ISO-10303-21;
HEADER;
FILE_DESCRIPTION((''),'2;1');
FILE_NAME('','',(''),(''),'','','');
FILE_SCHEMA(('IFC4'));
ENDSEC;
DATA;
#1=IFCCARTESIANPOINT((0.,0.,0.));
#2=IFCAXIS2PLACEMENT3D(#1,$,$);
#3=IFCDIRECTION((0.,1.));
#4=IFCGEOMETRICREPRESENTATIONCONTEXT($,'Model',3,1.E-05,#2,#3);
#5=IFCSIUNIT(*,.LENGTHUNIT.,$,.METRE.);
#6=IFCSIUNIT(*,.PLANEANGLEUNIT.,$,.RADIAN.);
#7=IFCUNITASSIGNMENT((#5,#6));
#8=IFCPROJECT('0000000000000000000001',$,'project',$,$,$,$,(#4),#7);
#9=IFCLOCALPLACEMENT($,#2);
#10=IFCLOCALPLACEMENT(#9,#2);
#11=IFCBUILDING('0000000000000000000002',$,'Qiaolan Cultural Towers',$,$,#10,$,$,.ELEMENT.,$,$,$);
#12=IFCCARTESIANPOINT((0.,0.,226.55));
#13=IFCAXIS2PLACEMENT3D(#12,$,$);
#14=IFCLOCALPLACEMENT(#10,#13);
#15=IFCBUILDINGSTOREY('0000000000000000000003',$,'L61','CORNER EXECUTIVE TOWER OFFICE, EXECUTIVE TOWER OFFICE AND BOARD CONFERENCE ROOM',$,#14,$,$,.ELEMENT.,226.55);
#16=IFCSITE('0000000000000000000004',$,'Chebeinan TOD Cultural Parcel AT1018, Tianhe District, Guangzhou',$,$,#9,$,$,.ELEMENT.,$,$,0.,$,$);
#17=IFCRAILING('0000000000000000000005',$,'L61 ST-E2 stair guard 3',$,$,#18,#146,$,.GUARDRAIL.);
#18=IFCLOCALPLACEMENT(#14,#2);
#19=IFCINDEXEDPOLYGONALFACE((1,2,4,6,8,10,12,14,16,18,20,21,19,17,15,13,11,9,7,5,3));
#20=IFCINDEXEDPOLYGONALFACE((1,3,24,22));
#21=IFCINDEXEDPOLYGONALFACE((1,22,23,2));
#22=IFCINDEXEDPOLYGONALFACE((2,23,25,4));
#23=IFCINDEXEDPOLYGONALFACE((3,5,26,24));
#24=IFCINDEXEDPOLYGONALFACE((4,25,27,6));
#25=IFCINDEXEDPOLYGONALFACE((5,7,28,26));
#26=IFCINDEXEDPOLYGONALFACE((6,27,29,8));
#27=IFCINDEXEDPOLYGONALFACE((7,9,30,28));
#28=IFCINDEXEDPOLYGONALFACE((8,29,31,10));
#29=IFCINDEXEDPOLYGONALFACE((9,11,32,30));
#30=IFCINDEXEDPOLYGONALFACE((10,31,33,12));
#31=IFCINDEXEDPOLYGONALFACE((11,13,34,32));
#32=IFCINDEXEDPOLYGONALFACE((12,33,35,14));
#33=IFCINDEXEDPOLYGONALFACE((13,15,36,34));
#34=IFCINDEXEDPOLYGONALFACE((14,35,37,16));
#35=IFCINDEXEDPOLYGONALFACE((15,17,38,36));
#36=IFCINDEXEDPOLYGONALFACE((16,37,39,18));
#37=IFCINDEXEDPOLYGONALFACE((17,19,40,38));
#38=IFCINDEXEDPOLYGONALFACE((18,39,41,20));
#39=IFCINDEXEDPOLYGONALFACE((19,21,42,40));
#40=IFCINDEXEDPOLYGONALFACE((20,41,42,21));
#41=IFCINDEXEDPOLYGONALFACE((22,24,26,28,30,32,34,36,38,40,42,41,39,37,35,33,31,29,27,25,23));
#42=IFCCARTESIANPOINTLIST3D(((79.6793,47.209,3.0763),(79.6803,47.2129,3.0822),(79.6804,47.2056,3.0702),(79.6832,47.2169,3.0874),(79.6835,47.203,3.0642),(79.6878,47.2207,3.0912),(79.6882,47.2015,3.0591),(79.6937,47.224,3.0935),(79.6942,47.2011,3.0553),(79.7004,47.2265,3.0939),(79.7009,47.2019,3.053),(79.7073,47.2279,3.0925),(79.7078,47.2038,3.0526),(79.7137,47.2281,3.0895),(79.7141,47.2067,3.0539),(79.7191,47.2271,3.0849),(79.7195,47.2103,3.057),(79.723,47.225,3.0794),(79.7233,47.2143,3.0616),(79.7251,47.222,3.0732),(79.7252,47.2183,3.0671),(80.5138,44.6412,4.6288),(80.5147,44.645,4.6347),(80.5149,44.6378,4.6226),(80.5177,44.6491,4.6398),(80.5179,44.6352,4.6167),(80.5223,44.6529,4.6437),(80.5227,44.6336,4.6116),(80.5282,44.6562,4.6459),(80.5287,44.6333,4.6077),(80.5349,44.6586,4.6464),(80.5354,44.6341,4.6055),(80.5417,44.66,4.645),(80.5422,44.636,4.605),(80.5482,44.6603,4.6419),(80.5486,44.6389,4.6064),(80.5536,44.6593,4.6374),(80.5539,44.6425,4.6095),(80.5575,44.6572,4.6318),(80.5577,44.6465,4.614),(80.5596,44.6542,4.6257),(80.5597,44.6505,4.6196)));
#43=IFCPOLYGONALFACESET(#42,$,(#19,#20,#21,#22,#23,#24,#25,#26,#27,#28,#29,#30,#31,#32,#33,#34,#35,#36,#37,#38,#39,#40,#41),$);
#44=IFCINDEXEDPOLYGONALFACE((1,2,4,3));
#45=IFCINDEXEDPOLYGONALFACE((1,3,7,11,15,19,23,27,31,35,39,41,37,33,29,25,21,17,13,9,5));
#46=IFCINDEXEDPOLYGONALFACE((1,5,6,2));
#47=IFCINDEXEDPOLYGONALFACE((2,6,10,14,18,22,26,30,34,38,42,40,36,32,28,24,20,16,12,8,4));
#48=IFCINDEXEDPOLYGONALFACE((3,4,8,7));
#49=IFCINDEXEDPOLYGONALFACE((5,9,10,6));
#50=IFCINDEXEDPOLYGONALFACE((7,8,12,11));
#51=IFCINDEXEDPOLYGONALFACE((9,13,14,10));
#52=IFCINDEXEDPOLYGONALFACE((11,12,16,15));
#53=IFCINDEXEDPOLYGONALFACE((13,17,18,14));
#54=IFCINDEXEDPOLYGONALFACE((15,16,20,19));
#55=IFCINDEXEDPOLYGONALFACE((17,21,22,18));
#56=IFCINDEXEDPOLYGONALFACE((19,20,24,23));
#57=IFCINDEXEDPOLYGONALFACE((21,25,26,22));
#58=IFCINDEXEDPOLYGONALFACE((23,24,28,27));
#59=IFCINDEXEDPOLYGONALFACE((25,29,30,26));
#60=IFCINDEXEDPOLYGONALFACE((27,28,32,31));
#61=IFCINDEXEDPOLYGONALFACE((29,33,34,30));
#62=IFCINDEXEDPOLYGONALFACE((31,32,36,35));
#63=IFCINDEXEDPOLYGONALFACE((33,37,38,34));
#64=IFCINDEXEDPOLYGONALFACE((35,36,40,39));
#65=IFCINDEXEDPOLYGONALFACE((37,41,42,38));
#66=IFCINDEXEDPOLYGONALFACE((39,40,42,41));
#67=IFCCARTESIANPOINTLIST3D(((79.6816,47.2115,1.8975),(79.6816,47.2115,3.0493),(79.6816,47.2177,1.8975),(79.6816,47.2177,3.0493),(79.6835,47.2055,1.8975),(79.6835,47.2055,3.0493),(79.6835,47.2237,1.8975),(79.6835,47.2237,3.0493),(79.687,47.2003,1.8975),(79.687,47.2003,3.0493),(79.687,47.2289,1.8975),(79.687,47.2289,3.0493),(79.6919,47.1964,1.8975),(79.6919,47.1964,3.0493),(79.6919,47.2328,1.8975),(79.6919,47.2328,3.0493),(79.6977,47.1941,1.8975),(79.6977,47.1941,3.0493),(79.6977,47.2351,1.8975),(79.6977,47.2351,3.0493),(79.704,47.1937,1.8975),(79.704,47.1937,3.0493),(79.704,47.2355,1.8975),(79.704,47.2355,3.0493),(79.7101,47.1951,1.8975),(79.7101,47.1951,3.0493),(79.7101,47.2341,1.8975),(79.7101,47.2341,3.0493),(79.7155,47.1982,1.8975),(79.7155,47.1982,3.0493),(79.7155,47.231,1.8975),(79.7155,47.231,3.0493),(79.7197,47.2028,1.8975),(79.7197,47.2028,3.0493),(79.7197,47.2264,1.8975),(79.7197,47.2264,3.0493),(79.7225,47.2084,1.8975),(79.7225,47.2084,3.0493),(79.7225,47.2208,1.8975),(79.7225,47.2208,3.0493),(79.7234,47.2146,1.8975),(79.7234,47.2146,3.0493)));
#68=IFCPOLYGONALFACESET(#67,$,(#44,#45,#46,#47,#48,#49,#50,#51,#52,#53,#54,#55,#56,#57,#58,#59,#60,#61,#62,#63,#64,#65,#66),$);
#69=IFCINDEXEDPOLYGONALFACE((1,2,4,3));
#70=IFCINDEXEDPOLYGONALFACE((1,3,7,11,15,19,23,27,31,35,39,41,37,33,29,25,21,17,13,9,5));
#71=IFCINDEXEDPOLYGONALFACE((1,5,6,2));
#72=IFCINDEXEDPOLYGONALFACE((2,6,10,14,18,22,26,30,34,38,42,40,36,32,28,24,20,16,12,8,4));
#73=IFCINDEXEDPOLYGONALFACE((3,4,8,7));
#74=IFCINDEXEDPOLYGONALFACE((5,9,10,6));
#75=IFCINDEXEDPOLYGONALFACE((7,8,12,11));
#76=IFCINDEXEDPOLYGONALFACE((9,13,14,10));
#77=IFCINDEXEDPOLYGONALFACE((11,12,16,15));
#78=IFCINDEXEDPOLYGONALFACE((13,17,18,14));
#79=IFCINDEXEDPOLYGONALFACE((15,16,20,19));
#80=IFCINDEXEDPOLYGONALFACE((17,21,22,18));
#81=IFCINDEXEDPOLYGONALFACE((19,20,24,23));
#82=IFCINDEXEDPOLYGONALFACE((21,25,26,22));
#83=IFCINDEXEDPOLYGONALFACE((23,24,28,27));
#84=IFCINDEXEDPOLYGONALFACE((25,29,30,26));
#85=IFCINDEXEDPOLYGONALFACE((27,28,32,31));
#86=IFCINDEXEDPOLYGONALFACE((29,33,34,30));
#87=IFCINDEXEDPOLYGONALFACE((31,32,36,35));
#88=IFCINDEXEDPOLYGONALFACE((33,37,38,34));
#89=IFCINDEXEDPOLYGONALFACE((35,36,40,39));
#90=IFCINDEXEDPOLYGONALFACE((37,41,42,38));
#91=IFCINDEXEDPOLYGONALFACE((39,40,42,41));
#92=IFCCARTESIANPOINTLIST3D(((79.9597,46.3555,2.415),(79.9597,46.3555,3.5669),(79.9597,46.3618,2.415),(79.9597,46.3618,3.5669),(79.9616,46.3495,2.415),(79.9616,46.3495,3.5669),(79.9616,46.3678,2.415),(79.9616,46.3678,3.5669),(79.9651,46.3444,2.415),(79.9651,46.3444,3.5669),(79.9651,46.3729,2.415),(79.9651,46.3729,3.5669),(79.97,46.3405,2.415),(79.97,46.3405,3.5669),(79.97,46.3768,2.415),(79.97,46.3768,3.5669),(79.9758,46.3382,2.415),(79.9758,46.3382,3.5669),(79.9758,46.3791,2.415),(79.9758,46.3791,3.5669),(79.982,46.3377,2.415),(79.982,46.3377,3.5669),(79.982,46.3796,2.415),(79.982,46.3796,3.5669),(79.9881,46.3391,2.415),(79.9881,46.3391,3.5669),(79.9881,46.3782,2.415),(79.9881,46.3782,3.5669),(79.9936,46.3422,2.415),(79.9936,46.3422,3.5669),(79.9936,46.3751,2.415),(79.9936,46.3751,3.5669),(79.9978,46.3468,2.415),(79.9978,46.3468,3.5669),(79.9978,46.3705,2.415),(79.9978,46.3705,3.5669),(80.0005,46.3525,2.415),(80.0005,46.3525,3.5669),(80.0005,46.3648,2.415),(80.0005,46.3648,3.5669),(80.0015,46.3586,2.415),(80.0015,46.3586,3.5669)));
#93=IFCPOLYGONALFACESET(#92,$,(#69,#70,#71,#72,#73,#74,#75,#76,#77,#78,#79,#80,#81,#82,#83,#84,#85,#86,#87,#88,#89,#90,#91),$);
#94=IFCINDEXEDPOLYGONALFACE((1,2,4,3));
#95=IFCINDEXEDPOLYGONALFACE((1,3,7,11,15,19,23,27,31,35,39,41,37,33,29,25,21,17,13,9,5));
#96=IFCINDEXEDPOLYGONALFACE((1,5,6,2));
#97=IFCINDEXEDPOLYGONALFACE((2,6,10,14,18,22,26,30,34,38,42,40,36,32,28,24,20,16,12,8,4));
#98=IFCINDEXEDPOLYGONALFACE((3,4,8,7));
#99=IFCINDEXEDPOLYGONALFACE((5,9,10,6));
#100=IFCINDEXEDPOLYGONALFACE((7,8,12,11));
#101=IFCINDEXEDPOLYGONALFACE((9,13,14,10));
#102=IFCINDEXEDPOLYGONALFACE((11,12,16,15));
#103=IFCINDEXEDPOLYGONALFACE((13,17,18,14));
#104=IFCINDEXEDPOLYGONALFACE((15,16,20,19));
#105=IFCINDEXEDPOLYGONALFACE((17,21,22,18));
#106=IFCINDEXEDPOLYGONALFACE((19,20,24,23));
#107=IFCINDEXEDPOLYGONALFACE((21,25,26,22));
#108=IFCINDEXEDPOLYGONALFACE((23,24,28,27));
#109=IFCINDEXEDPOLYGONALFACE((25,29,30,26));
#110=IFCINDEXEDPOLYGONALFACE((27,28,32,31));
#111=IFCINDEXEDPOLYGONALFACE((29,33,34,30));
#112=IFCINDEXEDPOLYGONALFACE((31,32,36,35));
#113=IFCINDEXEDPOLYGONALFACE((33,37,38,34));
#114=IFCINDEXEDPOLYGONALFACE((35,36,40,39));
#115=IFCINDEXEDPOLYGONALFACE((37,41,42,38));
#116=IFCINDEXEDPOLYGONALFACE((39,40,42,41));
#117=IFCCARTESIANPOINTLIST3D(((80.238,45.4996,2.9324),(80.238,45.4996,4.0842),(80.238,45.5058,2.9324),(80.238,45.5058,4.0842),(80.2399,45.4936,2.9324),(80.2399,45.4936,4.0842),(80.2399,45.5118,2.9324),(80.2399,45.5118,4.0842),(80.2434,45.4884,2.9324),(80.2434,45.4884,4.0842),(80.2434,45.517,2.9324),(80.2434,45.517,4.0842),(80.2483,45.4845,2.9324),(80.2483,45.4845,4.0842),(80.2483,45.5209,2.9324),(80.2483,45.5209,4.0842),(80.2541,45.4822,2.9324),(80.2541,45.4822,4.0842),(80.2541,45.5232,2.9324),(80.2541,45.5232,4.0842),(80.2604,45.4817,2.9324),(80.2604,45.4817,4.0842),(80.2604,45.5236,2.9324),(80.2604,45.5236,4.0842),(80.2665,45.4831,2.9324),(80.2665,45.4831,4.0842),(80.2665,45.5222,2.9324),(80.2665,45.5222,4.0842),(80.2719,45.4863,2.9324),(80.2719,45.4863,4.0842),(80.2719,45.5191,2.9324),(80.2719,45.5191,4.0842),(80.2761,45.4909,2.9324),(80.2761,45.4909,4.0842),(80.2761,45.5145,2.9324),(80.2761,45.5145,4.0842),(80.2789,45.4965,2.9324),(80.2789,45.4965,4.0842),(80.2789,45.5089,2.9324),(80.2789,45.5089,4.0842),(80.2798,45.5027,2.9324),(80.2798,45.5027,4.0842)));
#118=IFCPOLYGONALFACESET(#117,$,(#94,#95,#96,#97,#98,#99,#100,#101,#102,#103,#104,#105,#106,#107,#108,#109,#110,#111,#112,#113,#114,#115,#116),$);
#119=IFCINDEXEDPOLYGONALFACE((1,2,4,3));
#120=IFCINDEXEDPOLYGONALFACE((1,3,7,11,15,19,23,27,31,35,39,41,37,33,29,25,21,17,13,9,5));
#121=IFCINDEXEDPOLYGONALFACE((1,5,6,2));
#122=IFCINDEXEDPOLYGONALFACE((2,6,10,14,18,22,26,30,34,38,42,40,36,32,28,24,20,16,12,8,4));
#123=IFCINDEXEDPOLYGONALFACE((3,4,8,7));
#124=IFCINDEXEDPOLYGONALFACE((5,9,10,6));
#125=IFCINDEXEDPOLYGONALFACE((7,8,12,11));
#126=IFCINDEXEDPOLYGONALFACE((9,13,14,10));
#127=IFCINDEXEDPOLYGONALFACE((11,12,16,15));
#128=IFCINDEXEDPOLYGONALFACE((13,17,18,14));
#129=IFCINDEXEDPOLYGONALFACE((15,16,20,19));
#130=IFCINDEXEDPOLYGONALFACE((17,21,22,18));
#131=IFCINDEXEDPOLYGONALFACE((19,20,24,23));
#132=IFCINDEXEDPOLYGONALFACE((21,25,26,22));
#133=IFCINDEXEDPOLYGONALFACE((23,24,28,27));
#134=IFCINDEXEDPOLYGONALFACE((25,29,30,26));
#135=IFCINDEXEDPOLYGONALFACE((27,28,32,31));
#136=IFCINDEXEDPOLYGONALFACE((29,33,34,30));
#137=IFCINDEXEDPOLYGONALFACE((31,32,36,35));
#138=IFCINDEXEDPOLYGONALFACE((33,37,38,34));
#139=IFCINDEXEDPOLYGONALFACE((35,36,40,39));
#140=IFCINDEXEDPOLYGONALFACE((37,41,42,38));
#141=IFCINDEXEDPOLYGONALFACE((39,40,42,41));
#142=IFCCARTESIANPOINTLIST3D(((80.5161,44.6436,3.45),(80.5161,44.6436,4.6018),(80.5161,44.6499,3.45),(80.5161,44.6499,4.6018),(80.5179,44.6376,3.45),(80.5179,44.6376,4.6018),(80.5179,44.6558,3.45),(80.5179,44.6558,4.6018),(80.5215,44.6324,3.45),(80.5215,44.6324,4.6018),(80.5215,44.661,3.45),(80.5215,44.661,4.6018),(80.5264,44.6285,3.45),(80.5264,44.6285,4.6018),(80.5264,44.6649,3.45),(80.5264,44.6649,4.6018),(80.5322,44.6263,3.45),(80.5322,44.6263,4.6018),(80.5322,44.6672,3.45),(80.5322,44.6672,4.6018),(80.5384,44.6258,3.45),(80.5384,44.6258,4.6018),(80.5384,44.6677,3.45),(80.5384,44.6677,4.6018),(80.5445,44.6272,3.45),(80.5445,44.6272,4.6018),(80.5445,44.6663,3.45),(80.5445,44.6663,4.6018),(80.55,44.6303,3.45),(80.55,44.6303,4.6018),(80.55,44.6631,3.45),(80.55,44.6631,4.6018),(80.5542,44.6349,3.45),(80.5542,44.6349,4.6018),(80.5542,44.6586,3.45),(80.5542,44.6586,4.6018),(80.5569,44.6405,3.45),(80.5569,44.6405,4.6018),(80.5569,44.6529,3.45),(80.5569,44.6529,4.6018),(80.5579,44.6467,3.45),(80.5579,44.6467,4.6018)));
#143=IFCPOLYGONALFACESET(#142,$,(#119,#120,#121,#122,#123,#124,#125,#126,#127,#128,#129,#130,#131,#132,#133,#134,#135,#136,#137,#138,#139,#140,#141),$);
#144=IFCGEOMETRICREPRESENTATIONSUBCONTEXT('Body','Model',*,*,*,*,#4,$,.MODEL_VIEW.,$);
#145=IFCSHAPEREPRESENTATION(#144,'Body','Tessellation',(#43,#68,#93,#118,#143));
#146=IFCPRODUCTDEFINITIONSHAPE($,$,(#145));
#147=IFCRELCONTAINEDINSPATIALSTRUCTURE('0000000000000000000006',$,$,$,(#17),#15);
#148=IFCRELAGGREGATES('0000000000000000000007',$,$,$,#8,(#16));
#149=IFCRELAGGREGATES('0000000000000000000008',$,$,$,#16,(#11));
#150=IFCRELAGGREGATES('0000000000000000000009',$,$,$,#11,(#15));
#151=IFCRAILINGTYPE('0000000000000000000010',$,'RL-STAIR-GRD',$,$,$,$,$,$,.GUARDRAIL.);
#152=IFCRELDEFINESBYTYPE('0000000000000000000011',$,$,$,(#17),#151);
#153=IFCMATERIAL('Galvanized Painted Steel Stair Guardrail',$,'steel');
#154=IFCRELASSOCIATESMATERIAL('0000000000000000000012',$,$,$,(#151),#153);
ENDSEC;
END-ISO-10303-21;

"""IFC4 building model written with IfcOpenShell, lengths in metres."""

from ifc_helpers import new_model, si_unit, direction, frame, origin, origin_2d, place, context, subcontext, project, spatial, circle, extrude, material, type_object, element, save


model = new_model("IFC4")

# Units and contexts
model_context = context("Model", 3, precision=1e-05, world=origin(), true_north=direction((0.0, 1.0)))
body_context = subcontext(model_context, "Body", "Model", "MODEL_VIEW")
ifc_project = project(units=[si_unit("LENGTHUNIT", "METRE"), si_unit("PLANEANGLEUNIT", "RADIAN")], contexts=[model_context])

# Site, building, storey
site_placement = place(None, origin())
site = spatial("IfcSite", under=ifc_project, at=site_placement, Name="Chebeinan TOD Cultural Parcel AT1018, Tianhe District, Guangzhou", CompositionType="ELEMENT", RefElevation=0.0)
building_placement = place(site_placement, origin())
building = spatial("IfcBuilding", under=site, at=building_placement, Name="Qiaolan Cultural Towers", CompositionType="ELEMENT")
storey_placement = place(building_placement, frame((0.0, 0.0, 226.55)))
storey = spatial("IfcBuildingStorey", under=building, at=storey_placement, Name="L61", Description="CORNER EXECUTIVE TOWER OFFICE, EXECUTIVE TOWER OFFICE AND BOARD CONFERENCE ROOM", CompositionType="ELEMENT", Elevation=226.55)

# Railing
ifc_material_1 = material(Name="Galvanized Painted Steel Stair Guardrail", Category="steel")
railing_type_1 = type_object("IfcRailingType", Name="RL-STAIR-GRD", PredefinedType="GUARDRAIL", material=ifc_material_1)
railing_1_placement = place(storey_placement, frame((79.7024, 47.2146, 1.8975)))
element("IfcRailing", 1, at=railing_1_placement, inside=storey, type_object=railing_type_1, Name="L61 ST-E2 stair guard 3", PredefinedType="GUARDRAIL", context=body_context, shape_type="SweptSolid", body=[
    extrude(circle(Radius=0.0239, at=origin_2d()), frame((0.0, 0.0, 1.1758), z_axis=(0.267926, -0.824471, 0.498461), x_axis=(0.951043, 0.309057, 0.0)), (0.0, 0.0, 1.0), 3.1145),
    extrude(circle(Radius=0.021, at=origin_2d()), origin(), (0.0, 0.0, 1.0), 1.1519),
    extrude(circle(Radius=0.021, at=origin_2d()), frame((0.2781, -0.856, 0.5176)), (0.0, 0.0, 1.0), 1.1519),
    extrude(circle(Radius=0.021, at=origin_2d()), frame((0.5564, -1.7119, 1.0349)), (0.0, 0.0, 1.0), 1.1519),
    extrude(circle(Radius=0.021, at=origin_2d()), frame((0.8345, -2.5679, 1.5525)), (0.0, 0.0, 1.0), 1.1519),
])

save(model, "model.ifc")
